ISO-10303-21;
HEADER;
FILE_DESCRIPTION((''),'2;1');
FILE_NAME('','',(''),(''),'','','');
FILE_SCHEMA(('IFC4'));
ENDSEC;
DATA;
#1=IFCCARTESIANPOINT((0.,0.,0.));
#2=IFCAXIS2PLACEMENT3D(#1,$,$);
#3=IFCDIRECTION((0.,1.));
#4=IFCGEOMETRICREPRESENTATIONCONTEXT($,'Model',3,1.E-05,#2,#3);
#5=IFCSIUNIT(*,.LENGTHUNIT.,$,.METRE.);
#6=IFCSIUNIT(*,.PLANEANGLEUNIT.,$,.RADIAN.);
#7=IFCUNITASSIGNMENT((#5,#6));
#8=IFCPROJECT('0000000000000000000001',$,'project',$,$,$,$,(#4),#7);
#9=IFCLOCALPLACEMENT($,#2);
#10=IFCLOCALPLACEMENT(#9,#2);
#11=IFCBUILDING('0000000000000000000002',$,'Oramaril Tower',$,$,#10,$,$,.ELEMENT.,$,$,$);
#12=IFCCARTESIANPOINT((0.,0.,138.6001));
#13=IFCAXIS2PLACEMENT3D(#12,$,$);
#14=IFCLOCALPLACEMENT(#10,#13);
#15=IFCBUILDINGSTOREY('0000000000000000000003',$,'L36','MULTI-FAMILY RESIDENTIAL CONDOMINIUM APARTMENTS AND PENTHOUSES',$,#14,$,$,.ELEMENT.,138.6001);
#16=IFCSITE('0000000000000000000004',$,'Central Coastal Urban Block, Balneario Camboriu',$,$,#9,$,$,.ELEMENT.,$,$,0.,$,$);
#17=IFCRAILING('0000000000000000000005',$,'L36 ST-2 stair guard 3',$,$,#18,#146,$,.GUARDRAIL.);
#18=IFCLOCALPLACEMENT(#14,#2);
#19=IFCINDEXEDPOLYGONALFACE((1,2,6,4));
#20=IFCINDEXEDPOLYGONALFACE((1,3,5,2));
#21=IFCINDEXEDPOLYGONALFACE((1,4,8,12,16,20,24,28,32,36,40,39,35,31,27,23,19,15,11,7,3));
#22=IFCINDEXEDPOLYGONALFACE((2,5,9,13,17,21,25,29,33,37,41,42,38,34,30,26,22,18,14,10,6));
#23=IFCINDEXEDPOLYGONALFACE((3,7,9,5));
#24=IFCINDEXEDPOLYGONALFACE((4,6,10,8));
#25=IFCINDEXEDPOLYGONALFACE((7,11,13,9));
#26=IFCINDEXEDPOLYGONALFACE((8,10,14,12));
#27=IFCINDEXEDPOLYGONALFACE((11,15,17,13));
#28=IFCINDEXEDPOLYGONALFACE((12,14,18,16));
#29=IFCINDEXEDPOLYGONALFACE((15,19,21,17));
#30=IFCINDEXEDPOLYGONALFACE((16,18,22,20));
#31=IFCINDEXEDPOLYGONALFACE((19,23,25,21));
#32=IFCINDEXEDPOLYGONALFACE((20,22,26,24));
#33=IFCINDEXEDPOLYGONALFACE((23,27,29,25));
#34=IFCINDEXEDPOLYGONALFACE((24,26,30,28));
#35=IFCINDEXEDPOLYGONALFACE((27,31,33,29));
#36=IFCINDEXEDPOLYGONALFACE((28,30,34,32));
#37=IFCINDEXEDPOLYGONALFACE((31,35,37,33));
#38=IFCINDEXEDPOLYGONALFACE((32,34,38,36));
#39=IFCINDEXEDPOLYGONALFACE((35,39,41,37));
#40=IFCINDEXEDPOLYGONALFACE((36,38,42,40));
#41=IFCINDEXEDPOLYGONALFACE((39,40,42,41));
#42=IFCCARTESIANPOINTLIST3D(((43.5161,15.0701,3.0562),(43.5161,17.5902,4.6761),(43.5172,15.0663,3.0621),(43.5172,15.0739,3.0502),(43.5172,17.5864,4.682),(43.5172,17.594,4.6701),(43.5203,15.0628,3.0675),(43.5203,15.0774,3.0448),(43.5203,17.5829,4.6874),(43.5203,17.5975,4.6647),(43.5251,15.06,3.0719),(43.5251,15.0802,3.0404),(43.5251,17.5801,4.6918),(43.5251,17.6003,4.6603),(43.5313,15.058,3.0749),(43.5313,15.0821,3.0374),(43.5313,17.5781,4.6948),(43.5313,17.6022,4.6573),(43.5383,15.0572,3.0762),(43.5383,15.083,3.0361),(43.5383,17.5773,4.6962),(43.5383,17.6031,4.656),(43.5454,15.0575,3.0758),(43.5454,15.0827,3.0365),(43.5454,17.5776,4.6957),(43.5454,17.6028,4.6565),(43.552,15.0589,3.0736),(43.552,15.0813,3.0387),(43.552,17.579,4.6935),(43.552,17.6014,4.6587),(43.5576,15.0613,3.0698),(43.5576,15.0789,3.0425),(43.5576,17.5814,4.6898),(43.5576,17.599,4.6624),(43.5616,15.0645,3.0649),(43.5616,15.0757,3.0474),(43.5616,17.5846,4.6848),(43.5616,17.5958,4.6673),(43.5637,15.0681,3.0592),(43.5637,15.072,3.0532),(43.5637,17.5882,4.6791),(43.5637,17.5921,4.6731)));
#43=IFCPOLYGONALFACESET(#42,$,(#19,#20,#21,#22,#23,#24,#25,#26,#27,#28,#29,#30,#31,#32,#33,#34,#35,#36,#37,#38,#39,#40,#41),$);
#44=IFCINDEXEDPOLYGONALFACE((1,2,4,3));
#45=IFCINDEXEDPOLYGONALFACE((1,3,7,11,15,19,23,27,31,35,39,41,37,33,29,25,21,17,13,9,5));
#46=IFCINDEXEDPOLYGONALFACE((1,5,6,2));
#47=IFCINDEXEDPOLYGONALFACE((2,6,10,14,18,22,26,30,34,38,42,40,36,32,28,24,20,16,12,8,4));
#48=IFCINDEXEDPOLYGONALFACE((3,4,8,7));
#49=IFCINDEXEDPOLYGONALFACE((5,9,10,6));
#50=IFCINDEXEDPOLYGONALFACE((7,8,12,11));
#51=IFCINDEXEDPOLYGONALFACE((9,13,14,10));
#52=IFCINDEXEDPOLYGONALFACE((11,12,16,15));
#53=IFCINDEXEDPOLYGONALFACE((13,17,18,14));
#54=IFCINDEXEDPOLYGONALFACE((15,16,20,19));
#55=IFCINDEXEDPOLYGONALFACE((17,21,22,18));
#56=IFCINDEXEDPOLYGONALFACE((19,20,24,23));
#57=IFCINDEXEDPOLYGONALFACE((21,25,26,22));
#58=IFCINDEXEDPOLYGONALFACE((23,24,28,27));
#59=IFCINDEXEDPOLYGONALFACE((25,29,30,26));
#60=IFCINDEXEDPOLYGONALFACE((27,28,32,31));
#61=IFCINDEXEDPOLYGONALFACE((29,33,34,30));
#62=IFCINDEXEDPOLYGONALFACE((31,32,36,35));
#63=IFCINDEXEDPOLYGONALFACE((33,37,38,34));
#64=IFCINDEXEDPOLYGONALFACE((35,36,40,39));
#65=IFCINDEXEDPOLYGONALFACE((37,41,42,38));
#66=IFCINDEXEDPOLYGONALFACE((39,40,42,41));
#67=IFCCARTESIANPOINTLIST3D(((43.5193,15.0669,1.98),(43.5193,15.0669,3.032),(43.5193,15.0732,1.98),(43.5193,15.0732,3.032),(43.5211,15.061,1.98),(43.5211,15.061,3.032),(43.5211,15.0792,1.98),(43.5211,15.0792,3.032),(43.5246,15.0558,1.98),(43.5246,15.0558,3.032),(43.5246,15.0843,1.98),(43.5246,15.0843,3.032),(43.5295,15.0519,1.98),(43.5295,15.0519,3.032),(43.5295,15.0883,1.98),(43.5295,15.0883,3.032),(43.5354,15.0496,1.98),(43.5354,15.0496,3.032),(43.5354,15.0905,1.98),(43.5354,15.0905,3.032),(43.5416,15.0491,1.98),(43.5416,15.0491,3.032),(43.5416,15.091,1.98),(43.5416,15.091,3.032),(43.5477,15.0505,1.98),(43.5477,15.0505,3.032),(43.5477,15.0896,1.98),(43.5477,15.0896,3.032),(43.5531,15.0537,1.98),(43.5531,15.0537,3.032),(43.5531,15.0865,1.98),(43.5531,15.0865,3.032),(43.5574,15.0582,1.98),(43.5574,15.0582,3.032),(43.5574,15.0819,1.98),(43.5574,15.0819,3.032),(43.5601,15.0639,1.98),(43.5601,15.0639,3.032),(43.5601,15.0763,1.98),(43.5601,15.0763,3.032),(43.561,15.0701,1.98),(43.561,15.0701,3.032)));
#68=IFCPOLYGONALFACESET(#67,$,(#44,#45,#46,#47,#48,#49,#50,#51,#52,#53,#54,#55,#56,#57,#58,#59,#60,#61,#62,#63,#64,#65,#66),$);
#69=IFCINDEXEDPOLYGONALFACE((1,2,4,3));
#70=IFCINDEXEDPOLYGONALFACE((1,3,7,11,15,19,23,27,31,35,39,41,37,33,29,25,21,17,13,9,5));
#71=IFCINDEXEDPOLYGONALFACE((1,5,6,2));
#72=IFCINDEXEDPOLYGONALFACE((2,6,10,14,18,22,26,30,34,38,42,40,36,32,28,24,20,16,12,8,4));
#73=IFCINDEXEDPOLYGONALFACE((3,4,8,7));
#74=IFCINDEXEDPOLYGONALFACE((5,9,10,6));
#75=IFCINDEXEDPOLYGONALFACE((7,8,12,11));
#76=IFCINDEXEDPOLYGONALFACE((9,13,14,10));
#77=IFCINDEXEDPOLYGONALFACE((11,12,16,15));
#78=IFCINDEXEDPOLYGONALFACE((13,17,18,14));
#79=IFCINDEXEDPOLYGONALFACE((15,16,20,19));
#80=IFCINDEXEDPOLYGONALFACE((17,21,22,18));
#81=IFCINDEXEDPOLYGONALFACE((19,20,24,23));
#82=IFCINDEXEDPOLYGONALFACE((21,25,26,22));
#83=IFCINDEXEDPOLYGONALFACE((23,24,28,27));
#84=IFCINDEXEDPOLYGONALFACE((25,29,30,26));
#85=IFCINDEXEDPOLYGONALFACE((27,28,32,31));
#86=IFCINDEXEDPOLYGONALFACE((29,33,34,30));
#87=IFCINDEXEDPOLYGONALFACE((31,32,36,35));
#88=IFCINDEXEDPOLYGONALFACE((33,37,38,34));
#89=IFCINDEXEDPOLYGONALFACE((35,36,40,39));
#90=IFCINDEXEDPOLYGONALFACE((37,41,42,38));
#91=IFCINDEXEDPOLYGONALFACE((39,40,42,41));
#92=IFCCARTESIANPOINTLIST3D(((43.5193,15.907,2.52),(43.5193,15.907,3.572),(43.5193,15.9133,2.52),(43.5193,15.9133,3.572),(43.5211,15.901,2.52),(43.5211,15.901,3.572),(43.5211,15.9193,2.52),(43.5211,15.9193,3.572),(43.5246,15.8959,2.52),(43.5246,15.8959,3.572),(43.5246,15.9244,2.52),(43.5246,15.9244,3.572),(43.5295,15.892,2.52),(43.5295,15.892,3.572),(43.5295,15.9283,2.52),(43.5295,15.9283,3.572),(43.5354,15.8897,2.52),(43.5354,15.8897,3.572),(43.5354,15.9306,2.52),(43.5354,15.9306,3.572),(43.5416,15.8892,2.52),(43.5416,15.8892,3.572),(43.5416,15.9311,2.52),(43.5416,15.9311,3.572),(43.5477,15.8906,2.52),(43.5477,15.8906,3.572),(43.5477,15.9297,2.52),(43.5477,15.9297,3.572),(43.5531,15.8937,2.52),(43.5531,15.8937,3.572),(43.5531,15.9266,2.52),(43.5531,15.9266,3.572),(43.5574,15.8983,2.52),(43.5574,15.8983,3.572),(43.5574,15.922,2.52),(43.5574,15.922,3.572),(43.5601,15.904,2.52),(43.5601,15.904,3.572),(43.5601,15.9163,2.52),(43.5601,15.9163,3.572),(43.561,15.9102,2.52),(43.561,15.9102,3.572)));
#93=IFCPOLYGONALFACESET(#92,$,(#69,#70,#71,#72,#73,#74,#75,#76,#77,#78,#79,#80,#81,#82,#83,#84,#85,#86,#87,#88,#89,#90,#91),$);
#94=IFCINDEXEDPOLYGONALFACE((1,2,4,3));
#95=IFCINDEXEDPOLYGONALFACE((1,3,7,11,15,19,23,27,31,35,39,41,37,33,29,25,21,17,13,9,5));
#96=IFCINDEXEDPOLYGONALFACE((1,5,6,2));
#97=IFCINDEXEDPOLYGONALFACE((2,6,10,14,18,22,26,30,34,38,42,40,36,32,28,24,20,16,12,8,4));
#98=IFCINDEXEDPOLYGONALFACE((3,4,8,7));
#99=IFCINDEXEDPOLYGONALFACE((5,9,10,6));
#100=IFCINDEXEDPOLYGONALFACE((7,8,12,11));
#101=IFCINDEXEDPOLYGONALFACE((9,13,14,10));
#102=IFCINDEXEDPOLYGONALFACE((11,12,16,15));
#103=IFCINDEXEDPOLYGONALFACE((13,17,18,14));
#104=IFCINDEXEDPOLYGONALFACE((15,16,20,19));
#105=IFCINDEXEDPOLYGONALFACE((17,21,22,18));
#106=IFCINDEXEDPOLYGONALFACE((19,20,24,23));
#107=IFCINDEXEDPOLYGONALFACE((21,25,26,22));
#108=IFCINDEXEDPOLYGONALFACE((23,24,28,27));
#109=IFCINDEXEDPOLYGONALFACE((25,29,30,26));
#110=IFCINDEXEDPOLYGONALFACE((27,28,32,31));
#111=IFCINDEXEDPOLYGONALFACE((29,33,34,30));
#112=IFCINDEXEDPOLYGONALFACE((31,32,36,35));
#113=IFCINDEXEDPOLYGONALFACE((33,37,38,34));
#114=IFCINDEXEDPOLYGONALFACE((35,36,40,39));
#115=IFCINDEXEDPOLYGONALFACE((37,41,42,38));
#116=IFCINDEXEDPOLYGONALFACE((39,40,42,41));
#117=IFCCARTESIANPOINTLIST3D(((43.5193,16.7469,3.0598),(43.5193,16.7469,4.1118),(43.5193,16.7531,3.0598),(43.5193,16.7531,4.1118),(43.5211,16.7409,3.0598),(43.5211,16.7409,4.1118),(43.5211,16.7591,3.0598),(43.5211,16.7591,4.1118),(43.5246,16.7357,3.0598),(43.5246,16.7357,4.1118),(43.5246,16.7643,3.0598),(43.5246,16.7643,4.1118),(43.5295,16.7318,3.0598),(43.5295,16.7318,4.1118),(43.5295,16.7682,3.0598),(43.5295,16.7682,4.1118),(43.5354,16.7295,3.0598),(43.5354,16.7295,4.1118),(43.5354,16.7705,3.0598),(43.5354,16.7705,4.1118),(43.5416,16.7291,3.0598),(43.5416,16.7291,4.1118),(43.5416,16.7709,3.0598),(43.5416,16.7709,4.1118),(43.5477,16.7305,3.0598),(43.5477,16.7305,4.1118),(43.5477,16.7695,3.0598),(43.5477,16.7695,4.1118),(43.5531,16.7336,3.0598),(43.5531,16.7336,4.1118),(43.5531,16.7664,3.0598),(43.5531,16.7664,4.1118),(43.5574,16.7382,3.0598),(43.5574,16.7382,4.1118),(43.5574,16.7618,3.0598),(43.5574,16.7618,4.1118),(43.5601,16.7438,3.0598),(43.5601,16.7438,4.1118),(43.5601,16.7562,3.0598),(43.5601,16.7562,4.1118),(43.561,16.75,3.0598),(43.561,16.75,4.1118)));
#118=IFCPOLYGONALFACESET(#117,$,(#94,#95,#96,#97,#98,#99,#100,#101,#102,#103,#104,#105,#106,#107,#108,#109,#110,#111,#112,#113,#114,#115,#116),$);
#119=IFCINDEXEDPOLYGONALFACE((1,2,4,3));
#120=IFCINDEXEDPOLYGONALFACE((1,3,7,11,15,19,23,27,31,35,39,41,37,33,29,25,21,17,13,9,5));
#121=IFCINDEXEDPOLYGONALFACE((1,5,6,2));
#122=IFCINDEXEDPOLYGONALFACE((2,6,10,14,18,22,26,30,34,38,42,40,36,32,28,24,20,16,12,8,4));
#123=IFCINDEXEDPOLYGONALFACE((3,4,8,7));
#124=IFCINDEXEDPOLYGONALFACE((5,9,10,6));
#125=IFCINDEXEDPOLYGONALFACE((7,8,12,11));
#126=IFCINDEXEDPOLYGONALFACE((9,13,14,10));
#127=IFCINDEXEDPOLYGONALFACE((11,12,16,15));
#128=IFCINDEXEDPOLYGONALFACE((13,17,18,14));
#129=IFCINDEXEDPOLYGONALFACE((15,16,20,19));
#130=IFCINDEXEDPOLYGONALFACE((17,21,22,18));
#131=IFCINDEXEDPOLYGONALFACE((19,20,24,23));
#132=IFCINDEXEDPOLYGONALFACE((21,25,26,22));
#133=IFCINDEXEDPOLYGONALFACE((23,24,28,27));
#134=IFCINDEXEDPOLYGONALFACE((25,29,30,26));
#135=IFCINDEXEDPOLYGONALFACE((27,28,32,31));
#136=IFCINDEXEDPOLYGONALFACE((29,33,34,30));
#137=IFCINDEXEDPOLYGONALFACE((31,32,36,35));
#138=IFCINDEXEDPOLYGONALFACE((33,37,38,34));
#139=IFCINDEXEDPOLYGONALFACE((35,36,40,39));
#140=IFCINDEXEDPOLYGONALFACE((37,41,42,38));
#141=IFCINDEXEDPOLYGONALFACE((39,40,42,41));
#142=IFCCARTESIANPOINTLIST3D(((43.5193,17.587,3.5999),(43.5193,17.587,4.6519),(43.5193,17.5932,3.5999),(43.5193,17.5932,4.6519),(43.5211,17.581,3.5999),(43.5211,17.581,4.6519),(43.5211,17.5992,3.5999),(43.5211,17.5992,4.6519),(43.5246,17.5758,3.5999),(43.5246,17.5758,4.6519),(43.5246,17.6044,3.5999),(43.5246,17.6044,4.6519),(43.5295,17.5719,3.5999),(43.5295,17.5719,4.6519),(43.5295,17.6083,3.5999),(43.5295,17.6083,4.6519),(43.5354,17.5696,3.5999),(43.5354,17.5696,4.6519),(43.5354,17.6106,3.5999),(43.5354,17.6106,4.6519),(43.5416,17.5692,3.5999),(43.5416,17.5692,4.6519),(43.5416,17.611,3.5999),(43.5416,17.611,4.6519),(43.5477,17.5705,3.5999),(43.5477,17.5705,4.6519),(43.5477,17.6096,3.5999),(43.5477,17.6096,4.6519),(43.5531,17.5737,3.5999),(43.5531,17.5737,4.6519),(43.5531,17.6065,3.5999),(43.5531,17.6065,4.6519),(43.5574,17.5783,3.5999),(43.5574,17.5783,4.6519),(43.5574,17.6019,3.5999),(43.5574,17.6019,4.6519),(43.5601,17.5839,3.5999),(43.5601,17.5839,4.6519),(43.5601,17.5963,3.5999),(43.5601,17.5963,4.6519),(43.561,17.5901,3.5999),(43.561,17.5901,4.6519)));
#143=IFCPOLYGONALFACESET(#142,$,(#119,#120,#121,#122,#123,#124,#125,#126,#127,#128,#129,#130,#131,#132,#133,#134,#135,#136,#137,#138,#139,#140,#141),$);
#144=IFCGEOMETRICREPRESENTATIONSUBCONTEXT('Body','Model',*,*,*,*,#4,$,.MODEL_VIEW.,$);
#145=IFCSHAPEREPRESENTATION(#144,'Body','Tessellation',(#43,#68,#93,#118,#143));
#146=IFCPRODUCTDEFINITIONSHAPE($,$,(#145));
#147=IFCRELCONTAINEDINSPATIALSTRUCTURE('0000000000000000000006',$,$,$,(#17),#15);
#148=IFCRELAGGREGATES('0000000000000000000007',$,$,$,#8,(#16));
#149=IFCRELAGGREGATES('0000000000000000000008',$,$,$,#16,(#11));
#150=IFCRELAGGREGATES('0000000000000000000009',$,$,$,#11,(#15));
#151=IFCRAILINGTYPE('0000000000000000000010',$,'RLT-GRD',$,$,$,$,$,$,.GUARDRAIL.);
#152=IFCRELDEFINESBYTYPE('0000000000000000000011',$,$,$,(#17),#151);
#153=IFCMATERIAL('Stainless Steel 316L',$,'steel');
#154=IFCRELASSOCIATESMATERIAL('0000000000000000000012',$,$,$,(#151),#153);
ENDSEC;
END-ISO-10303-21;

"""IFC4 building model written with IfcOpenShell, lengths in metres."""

from ifc_helpers import new_model, si_unit, direction, frame, origin, origin_2d, place, context, subcontext, project, spatial, circle, extrude, material, type_object, element, save


model = new_model("IFC4")

# Units and contexts
model_context = context("Model", 3, precision=1e-05, world=origin(), true_north=direction((0.0, 1.0)))
body_context = subcontext(model_context, "Body", "Model", "MODEL_VIEW")
ifc_project = project(units=[si_unit("LENGTHUNIT", "METRE"), si_unit("PLANEANGLEUNIT", "RADIAN")], contexts=[model_context])

# Site, building, storey
site_placement = place(None, origin())
site = spatial("IfcSite", under=ifc_project, at=site_placement, Name="Central Coastal Urban Block, Balneario Camboriu", CompositionType="ELEMENT", RefElevation=0.0)
building_placement = place(site_placement, origin())
building = spatial("IfcBuilding", under=site, at=building_placement, Name="Oramaril Tower", CompositionType="ELEMENT")
storey_placement = place(building_placement, frame((0.0, 0.0, 138.6001)))
storey = spatial("IfcBuildingStorey", under=building, at=storey_placement, Name="L36", Description="MULTI-FAMILY RESIDENTIAL CONDOMINIUM APARTMENTS AND PENTHOUSES", CompositionType="ELEMENT", Elevation=138.6001)

# Railing
ifc_material_1 = material(Name="Stainless Steel 316L", Category="steel")
railing_type_1 = type_object("IfcRailingType", Name="RLT-GRD", PredefinedType="GUARDRAIL", material=ifc_material_1)
railing_1_placement = place(storey_placement, frame((43.54, 15.0701, 1.98)))
element("IfcRailing", 1, at=railing_1_placement, inside=storey, type_object=railing_type_1, Name="L36 ST-2 stair guard 3", PredefinedType="GUARDRAIL", context=body_context, shape_type="SweptSolid", body=[
    extrude(circle(Radius=0.0239, at=origin_2d()), frame((0.0, 0.0, 1.0762), z_axis=(0.0, 0.8412, 0.540725), x_axis=(-1.0, 0.0, 0.0)), (0.0, 0.0, 1.0), 2.9958),
    extrude(circle(Radius=0.021, at=origin_2d()), origin(), (0.0, 0.0, 1.0), 1.052),
    extrude(circle(Radius=0.021, at=origin_2d()), frame((0.0, 0.8401, 0.54)), (0.0, 0.0, 1.0), 1.052),
    extrude(circle(Radius=0.021, at=origin_2d()), frame((0.0, 1.6799, 1.0798)), (0.0, 0.0, 1.0), 1.052),
    extrude(circle(Radius=0.021, at=origin_2d()), frame((0.0, 2.52, 1.6199)), (0.0, 0.0, 1.0), 1.052),
])

save(model, "model.ifc")
